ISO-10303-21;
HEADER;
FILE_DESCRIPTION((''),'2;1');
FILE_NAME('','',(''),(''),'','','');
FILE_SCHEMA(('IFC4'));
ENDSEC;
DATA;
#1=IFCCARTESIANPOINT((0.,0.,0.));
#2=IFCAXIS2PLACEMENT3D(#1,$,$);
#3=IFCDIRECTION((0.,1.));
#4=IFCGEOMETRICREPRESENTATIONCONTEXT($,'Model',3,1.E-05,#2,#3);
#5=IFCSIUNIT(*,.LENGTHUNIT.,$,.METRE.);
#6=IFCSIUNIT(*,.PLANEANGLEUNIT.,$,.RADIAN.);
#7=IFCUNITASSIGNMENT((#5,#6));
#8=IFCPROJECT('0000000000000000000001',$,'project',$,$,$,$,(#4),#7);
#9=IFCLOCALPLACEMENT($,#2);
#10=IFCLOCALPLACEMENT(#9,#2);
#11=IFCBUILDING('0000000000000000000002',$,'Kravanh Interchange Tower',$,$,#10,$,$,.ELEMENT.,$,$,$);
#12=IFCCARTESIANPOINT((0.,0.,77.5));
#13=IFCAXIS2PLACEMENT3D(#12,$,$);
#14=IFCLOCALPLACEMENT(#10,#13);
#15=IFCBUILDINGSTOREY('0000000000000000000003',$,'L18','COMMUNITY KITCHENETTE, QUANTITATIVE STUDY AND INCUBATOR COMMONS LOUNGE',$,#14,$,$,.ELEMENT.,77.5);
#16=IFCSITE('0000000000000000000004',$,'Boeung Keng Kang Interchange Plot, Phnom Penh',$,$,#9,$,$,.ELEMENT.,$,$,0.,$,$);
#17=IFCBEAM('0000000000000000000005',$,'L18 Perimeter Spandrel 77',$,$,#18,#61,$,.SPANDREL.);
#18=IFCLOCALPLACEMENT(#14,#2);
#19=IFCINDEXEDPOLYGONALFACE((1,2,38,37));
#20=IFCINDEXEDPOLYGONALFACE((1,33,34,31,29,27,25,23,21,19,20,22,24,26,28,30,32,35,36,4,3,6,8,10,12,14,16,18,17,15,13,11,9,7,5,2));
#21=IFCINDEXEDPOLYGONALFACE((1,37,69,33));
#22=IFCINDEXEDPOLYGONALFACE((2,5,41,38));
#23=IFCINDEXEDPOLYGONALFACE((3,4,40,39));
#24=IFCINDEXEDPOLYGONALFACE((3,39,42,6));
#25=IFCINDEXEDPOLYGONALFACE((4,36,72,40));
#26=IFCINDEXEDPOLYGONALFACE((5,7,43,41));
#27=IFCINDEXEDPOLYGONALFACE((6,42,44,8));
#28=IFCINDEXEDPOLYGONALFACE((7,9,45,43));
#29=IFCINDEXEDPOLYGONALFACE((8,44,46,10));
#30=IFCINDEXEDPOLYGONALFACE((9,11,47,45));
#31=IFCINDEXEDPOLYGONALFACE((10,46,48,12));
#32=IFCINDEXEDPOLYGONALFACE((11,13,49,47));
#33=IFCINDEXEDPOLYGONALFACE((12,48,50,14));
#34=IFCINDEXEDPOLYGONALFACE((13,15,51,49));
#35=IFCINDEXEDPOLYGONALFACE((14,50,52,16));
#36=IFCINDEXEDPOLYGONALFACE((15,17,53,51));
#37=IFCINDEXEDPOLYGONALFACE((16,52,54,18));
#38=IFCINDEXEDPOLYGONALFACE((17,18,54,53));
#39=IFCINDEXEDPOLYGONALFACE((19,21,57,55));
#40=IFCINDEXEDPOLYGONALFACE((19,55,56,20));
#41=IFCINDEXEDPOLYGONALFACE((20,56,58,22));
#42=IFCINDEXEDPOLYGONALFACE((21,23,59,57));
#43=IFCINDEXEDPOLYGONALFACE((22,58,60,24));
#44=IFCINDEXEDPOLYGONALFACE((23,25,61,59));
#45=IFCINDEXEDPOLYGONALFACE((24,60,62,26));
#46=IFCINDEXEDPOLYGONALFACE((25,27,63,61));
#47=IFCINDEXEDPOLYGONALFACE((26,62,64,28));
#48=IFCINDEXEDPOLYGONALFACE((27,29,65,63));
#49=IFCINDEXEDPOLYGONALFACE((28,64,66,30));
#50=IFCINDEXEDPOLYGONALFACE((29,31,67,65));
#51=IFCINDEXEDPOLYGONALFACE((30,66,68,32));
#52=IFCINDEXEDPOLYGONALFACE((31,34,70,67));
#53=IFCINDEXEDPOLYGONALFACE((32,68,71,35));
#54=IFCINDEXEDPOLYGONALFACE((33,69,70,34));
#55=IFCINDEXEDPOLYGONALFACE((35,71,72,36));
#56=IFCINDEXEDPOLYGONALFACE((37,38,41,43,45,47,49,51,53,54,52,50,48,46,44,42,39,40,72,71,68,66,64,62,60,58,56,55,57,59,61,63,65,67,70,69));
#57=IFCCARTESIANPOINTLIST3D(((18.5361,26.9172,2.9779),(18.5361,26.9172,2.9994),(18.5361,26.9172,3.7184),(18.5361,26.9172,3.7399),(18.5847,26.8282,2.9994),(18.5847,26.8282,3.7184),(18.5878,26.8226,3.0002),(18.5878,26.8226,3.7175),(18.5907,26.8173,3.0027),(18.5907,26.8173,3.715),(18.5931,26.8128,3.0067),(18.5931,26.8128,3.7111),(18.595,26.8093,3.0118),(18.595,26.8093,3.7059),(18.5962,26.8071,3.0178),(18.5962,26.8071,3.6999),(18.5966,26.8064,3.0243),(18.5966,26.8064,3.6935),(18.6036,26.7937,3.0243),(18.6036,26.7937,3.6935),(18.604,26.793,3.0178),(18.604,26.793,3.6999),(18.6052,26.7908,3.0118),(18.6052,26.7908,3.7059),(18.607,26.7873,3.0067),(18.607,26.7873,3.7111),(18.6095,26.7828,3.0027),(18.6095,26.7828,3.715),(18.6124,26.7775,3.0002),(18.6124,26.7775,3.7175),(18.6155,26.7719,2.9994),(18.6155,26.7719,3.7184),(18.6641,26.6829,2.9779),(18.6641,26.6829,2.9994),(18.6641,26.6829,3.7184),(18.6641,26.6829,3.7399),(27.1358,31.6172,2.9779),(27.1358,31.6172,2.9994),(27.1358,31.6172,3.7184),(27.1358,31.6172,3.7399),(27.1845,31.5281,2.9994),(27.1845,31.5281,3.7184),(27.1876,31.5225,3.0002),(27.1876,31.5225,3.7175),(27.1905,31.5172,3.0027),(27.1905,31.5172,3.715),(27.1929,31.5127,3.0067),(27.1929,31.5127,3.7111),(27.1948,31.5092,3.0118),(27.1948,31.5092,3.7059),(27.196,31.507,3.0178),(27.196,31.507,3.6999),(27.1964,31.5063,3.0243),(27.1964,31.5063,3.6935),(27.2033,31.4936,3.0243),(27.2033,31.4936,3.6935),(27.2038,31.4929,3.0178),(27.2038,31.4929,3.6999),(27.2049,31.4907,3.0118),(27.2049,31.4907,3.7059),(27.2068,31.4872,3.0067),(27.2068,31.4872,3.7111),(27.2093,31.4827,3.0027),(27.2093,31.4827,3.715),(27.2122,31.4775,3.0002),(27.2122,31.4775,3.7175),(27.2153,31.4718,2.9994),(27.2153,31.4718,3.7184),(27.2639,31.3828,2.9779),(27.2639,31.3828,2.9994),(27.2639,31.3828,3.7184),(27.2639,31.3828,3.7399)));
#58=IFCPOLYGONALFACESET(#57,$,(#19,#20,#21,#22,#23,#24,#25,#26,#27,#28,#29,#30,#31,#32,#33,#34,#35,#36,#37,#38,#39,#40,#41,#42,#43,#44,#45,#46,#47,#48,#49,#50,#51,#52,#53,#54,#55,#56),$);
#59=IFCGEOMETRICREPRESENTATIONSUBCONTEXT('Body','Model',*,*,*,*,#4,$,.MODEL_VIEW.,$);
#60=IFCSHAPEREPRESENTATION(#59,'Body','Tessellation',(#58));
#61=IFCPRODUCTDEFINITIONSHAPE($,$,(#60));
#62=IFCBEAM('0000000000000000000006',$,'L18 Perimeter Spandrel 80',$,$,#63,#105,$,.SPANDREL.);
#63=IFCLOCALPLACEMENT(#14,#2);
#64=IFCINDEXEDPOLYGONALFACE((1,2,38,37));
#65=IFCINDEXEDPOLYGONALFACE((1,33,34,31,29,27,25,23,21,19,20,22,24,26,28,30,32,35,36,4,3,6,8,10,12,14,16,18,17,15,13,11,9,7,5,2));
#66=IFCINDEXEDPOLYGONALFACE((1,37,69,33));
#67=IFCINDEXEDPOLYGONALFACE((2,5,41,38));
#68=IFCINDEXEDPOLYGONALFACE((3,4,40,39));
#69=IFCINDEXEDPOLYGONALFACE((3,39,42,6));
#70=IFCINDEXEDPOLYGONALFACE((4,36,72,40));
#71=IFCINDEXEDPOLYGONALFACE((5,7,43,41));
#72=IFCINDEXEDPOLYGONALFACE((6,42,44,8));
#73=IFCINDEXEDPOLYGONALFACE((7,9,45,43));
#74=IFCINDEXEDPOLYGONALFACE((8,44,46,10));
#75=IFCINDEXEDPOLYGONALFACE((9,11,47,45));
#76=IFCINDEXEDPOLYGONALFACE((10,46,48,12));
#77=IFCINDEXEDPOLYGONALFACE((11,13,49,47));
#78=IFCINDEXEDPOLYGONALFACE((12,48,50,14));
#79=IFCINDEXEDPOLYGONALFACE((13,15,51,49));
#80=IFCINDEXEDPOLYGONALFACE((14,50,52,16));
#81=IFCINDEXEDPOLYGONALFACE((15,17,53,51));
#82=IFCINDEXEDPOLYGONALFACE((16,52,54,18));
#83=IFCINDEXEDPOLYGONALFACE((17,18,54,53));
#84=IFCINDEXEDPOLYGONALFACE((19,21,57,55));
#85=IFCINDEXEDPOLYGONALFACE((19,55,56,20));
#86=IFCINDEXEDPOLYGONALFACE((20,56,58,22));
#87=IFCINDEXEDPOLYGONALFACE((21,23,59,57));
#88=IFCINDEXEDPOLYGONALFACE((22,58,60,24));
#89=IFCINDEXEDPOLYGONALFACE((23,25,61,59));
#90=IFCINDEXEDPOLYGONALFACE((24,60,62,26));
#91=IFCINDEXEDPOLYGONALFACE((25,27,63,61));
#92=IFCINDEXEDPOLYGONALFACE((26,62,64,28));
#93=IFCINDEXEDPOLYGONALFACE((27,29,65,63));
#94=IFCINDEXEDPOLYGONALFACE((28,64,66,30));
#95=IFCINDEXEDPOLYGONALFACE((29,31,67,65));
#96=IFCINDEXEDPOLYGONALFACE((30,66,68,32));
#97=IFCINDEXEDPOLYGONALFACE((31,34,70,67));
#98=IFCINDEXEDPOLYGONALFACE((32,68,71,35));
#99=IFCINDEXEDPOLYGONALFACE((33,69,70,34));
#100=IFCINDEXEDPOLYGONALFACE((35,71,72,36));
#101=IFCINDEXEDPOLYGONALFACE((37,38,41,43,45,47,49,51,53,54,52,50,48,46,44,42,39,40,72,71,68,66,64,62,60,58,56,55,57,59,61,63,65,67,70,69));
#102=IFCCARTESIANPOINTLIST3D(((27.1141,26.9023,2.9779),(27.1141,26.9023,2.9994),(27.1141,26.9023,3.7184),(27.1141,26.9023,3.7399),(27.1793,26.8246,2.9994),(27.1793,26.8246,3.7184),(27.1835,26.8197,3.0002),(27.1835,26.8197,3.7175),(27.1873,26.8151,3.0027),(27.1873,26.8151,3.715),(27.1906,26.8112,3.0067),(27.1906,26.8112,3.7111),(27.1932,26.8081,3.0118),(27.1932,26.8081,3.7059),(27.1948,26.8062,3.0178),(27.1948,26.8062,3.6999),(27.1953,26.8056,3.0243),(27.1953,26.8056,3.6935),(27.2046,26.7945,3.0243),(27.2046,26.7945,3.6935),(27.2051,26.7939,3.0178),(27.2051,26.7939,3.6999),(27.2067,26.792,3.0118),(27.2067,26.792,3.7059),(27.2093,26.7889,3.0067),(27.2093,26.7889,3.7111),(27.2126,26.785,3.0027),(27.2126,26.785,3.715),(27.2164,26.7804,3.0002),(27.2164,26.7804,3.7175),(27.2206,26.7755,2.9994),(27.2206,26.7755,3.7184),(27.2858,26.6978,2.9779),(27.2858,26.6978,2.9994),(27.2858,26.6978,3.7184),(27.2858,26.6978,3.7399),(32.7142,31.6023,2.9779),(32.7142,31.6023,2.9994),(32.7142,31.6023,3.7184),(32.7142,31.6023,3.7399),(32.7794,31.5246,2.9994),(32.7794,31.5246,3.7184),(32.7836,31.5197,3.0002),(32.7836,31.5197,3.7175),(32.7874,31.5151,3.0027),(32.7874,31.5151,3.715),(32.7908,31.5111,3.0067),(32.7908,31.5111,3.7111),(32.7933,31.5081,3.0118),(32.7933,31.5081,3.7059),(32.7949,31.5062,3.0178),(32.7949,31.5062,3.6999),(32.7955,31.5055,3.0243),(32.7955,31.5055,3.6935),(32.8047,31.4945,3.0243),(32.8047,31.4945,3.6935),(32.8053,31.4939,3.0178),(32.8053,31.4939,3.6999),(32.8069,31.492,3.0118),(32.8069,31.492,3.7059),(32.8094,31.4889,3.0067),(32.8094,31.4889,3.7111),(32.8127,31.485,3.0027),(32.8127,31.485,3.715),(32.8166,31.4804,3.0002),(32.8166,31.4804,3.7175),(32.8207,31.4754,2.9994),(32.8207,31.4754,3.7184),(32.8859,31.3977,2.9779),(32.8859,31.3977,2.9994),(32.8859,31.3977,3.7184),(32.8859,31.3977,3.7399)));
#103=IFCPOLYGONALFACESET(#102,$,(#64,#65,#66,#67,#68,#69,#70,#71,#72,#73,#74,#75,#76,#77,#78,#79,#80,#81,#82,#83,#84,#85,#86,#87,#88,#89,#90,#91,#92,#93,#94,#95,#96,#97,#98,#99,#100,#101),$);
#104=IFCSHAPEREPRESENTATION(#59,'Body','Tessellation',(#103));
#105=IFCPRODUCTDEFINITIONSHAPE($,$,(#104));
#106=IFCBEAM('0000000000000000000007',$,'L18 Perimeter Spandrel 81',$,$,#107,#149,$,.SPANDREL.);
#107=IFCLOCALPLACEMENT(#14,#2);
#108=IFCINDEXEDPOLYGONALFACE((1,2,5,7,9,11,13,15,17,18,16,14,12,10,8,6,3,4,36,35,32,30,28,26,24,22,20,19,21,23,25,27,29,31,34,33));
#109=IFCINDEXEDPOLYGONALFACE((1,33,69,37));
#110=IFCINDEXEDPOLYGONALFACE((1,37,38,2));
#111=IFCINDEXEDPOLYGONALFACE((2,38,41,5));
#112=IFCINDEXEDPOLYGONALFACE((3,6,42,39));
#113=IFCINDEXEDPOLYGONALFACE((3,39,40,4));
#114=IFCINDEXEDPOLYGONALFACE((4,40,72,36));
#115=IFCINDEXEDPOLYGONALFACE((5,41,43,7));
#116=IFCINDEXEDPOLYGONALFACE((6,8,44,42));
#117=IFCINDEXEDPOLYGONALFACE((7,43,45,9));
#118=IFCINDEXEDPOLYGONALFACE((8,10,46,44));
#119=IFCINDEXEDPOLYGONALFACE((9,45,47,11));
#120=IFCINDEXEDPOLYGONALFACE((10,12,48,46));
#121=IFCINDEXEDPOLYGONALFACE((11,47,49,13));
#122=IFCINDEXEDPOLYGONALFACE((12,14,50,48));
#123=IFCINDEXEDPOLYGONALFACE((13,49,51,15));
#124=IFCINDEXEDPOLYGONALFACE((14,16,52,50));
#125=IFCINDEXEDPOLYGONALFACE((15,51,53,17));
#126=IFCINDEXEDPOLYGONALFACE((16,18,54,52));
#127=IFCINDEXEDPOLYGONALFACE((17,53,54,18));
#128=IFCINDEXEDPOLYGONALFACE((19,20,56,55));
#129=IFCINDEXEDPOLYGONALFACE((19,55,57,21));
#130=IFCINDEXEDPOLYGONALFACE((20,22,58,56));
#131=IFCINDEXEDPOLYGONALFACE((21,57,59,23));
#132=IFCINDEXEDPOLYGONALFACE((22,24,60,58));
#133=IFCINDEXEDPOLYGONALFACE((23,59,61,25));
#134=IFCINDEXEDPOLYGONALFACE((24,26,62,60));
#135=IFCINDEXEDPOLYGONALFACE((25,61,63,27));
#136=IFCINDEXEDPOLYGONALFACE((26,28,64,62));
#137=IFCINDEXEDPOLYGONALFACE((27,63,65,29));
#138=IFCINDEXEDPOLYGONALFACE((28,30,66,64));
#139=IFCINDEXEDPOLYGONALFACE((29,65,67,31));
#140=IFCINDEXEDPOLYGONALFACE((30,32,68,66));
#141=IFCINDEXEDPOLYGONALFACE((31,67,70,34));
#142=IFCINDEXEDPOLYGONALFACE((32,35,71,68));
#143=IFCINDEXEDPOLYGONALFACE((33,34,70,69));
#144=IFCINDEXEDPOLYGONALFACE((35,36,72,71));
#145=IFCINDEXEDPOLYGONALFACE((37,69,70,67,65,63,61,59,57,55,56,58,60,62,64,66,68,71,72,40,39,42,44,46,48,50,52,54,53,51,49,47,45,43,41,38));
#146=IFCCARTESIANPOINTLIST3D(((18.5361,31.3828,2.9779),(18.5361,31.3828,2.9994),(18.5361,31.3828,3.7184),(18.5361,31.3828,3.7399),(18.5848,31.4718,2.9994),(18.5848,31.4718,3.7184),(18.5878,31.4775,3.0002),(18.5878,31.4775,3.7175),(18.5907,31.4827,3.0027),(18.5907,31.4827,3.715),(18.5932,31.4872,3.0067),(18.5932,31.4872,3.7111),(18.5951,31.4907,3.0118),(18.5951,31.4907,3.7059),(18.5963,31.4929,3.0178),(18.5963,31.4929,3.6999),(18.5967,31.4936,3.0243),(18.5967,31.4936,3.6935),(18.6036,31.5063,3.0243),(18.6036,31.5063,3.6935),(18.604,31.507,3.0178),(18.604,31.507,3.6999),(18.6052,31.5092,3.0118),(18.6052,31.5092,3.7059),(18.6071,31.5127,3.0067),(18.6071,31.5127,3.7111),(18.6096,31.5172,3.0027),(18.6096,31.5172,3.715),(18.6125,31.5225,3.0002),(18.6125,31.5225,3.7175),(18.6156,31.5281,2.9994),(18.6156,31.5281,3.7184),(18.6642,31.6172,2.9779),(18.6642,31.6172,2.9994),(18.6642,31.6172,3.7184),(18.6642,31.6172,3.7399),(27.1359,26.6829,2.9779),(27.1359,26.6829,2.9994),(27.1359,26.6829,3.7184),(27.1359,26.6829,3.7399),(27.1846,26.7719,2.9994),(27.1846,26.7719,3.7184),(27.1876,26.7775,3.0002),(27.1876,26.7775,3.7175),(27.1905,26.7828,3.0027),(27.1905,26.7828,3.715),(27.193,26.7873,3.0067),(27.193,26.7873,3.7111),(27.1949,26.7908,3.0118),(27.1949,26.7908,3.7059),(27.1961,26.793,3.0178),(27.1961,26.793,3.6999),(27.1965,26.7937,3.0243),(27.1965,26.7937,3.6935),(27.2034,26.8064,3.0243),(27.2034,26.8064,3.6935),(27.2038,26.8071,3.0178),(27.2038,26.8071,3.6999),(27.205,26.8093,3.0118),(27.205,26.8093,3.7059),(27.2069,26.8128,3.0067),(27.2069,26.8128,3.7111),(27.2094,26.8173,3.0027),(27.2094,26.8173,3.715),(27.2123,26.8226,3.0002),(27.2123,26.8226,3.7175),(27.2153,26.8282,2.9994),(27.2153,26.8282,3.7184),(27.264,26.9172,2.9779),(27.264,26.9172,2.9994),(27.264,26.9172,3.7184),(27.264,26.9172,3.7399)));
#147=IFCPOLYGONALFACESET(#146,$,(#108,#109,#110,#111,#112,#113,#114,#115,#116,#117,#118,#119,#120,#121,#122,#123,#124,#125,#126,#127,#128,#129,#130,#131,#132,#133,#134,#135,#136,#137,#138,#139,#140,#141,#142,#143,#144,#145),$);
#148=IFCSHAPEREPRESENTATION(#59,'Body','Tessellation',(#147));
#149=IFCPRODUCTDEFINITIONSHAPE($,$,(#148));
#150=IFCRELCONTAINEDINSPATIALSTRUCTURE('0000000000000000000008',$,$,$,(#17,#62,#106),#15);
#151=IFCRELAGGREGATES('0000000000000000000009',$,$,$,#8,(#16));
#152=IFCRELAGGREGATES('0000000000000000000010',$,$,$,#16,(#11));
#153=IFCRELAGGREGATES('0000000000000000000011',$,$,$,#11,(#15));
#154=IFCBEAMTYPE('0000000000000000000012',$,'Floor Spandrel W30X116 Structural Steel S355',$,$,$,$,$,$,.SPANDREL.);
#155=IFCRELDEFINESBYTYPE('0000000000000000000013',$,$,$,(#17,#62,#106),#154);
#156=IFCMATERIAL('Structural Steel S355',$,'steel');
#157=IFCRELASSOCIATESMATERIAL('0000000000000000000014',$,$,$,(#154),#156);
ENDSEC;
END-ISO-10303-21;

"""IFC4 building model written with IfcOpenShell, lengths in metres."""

from ifc_helpers import new_model, si_unit, direction, frame, origin, origin_2d, place, context, subcontext, project, spatial, i_section, extrude, material, material_profile, profile_set, type_object, element, save


model = new_model("IFC4")

# Units and contexts
model_context = context("Model", 3, precision=1e-05, world=origin(), true_north=direction((0.0, 1.0)))
body_context = subcontext(model_context, "Body", "Model", "MODEL_VIEW")
ifc_project = project(units=[si_unit("LENGTHUNIT", "METRE"), si_unit("PLANEANGLEUNIT", "RADIAN")], contexts=[model_context])

# Site, building, storey
site_placement = place(None, origin())
site = spatial("IfcSite", under=ifc_project, at=site_placement, Name="Boeung Keng Kang Interchange Plot, Phnom Penh", CompositionType="ELEMENT", RefElevation=0.0)
building_placement = place(site_placement, origin())
building = spatial("IfcBuilding", under=site, at=building_placement, Name="Kravanh Interchange Tower", CompositionType="ELEMENT")
storey_placement = place(building_placement, frame((0.0, 0.0, 77.5)))
storey = spatial("IfcBuildingStorey", under=building, at=storey_placement, Name="L18", Description="COMMUNITY KITCHENETTE, QUANTITATIVE STUDY AND INCUBATOR COMMONS LOUNGE", CompositionType="ELEMENT", Elevation=77.5)

# Beams
ifc_material_1 = material(Name="Structural Steel S355", Category="steel")
ifc_material_profile_1 = material_profile(ifc_material_1, i_section(OverallWidth=0.2671, OverallDepth=0.762, WebThickness=0.0144, FlangeThickness=0.0215, FilletRadius=0.0249, at=origin_2d()), Name="W30X116")
ifc_profile_set_1 = profile_set([ifc_material_profile_1], Name="Structural Steel S355")
beam_type_1 = type_object("IfcBeamType", Name="Floor Spandrel W30X116 Structural Steel S355", PredefinedType="SPANDREL", material=ifc_profile_set_1)
beam_1_placement = place(storey_placement, frame((18.6001, 26.8, 3.3589), z_axis=(0.877504, 0.479569, 0.0), x_axis=(-0.479569, 0.877504, 0.0)))
element("IfcBeam", 1, at=beam_1_placement, inside=storey, type_object=beam_type_1, Name="L18 Perimeter Spandrel 77", PredefinedType="SPANDREL", context=body_context, shape_type="SweptSolid", body=[
    extrude(i_section(OverallWidth=0.2671, OverallDepth=0.762, WebThickness=0.0144, FlangeThickness=0.0215, FilletRadius=0.0249, at=origin_2d()), origin(), (0.0, 0.0, 1.0), 9.8003),
])
beam_2_placement = place(storey_placement, frame((27.2, 26.8, 3.3589), z_axis=(0.765983, 0.642861, 0.0), x_axis=(-0.642861, 0.765983, 0.0)))
element("IfcBeam", 2, at=beam_2_placement, inside=storey, type_object=beam_type_1, Name="L18 Perimeter Spandrel 80", PredefinedType="SPANDREL", context=body_context, shape_type="SweptSolid", body=[
    extrude(i_section(OverallWidth=0.2671, OverallDepth=0.762, WebThickness=0.0144, FlangeThickness=0.0215, FilletRadius=0.0249, at=origin_2d()), origin(), (0.0, 0.0, 1.0), 7.311),
])
beam_3_placement = place(storey_placement, frame((27.2, 26.8, 3.3589), z_axis=(-0.877504, 0.479569, 0.0), x_axis=(-0.479569, -0.877504, 0.0)))
element("IfcBeam", 3, at=beam_3_placement, inside=storey, type_object=beam_type_1, Name="L18 Perimeter Spandrel 81", PredefinedType="SPANDREL", context=body_context, shape_type="SweptSolid", body=[
    extrude(i_section(OverallWidth=0.2671, OverallDepth=0.762, WebThickness=0.0144, FlangeThickness=0.0215, FilletRadius=0.0249, at=origin_2d()), origin(), (0.0, 0.0, 1.0), 9.8003),
])

save(model, "model.ifc")
